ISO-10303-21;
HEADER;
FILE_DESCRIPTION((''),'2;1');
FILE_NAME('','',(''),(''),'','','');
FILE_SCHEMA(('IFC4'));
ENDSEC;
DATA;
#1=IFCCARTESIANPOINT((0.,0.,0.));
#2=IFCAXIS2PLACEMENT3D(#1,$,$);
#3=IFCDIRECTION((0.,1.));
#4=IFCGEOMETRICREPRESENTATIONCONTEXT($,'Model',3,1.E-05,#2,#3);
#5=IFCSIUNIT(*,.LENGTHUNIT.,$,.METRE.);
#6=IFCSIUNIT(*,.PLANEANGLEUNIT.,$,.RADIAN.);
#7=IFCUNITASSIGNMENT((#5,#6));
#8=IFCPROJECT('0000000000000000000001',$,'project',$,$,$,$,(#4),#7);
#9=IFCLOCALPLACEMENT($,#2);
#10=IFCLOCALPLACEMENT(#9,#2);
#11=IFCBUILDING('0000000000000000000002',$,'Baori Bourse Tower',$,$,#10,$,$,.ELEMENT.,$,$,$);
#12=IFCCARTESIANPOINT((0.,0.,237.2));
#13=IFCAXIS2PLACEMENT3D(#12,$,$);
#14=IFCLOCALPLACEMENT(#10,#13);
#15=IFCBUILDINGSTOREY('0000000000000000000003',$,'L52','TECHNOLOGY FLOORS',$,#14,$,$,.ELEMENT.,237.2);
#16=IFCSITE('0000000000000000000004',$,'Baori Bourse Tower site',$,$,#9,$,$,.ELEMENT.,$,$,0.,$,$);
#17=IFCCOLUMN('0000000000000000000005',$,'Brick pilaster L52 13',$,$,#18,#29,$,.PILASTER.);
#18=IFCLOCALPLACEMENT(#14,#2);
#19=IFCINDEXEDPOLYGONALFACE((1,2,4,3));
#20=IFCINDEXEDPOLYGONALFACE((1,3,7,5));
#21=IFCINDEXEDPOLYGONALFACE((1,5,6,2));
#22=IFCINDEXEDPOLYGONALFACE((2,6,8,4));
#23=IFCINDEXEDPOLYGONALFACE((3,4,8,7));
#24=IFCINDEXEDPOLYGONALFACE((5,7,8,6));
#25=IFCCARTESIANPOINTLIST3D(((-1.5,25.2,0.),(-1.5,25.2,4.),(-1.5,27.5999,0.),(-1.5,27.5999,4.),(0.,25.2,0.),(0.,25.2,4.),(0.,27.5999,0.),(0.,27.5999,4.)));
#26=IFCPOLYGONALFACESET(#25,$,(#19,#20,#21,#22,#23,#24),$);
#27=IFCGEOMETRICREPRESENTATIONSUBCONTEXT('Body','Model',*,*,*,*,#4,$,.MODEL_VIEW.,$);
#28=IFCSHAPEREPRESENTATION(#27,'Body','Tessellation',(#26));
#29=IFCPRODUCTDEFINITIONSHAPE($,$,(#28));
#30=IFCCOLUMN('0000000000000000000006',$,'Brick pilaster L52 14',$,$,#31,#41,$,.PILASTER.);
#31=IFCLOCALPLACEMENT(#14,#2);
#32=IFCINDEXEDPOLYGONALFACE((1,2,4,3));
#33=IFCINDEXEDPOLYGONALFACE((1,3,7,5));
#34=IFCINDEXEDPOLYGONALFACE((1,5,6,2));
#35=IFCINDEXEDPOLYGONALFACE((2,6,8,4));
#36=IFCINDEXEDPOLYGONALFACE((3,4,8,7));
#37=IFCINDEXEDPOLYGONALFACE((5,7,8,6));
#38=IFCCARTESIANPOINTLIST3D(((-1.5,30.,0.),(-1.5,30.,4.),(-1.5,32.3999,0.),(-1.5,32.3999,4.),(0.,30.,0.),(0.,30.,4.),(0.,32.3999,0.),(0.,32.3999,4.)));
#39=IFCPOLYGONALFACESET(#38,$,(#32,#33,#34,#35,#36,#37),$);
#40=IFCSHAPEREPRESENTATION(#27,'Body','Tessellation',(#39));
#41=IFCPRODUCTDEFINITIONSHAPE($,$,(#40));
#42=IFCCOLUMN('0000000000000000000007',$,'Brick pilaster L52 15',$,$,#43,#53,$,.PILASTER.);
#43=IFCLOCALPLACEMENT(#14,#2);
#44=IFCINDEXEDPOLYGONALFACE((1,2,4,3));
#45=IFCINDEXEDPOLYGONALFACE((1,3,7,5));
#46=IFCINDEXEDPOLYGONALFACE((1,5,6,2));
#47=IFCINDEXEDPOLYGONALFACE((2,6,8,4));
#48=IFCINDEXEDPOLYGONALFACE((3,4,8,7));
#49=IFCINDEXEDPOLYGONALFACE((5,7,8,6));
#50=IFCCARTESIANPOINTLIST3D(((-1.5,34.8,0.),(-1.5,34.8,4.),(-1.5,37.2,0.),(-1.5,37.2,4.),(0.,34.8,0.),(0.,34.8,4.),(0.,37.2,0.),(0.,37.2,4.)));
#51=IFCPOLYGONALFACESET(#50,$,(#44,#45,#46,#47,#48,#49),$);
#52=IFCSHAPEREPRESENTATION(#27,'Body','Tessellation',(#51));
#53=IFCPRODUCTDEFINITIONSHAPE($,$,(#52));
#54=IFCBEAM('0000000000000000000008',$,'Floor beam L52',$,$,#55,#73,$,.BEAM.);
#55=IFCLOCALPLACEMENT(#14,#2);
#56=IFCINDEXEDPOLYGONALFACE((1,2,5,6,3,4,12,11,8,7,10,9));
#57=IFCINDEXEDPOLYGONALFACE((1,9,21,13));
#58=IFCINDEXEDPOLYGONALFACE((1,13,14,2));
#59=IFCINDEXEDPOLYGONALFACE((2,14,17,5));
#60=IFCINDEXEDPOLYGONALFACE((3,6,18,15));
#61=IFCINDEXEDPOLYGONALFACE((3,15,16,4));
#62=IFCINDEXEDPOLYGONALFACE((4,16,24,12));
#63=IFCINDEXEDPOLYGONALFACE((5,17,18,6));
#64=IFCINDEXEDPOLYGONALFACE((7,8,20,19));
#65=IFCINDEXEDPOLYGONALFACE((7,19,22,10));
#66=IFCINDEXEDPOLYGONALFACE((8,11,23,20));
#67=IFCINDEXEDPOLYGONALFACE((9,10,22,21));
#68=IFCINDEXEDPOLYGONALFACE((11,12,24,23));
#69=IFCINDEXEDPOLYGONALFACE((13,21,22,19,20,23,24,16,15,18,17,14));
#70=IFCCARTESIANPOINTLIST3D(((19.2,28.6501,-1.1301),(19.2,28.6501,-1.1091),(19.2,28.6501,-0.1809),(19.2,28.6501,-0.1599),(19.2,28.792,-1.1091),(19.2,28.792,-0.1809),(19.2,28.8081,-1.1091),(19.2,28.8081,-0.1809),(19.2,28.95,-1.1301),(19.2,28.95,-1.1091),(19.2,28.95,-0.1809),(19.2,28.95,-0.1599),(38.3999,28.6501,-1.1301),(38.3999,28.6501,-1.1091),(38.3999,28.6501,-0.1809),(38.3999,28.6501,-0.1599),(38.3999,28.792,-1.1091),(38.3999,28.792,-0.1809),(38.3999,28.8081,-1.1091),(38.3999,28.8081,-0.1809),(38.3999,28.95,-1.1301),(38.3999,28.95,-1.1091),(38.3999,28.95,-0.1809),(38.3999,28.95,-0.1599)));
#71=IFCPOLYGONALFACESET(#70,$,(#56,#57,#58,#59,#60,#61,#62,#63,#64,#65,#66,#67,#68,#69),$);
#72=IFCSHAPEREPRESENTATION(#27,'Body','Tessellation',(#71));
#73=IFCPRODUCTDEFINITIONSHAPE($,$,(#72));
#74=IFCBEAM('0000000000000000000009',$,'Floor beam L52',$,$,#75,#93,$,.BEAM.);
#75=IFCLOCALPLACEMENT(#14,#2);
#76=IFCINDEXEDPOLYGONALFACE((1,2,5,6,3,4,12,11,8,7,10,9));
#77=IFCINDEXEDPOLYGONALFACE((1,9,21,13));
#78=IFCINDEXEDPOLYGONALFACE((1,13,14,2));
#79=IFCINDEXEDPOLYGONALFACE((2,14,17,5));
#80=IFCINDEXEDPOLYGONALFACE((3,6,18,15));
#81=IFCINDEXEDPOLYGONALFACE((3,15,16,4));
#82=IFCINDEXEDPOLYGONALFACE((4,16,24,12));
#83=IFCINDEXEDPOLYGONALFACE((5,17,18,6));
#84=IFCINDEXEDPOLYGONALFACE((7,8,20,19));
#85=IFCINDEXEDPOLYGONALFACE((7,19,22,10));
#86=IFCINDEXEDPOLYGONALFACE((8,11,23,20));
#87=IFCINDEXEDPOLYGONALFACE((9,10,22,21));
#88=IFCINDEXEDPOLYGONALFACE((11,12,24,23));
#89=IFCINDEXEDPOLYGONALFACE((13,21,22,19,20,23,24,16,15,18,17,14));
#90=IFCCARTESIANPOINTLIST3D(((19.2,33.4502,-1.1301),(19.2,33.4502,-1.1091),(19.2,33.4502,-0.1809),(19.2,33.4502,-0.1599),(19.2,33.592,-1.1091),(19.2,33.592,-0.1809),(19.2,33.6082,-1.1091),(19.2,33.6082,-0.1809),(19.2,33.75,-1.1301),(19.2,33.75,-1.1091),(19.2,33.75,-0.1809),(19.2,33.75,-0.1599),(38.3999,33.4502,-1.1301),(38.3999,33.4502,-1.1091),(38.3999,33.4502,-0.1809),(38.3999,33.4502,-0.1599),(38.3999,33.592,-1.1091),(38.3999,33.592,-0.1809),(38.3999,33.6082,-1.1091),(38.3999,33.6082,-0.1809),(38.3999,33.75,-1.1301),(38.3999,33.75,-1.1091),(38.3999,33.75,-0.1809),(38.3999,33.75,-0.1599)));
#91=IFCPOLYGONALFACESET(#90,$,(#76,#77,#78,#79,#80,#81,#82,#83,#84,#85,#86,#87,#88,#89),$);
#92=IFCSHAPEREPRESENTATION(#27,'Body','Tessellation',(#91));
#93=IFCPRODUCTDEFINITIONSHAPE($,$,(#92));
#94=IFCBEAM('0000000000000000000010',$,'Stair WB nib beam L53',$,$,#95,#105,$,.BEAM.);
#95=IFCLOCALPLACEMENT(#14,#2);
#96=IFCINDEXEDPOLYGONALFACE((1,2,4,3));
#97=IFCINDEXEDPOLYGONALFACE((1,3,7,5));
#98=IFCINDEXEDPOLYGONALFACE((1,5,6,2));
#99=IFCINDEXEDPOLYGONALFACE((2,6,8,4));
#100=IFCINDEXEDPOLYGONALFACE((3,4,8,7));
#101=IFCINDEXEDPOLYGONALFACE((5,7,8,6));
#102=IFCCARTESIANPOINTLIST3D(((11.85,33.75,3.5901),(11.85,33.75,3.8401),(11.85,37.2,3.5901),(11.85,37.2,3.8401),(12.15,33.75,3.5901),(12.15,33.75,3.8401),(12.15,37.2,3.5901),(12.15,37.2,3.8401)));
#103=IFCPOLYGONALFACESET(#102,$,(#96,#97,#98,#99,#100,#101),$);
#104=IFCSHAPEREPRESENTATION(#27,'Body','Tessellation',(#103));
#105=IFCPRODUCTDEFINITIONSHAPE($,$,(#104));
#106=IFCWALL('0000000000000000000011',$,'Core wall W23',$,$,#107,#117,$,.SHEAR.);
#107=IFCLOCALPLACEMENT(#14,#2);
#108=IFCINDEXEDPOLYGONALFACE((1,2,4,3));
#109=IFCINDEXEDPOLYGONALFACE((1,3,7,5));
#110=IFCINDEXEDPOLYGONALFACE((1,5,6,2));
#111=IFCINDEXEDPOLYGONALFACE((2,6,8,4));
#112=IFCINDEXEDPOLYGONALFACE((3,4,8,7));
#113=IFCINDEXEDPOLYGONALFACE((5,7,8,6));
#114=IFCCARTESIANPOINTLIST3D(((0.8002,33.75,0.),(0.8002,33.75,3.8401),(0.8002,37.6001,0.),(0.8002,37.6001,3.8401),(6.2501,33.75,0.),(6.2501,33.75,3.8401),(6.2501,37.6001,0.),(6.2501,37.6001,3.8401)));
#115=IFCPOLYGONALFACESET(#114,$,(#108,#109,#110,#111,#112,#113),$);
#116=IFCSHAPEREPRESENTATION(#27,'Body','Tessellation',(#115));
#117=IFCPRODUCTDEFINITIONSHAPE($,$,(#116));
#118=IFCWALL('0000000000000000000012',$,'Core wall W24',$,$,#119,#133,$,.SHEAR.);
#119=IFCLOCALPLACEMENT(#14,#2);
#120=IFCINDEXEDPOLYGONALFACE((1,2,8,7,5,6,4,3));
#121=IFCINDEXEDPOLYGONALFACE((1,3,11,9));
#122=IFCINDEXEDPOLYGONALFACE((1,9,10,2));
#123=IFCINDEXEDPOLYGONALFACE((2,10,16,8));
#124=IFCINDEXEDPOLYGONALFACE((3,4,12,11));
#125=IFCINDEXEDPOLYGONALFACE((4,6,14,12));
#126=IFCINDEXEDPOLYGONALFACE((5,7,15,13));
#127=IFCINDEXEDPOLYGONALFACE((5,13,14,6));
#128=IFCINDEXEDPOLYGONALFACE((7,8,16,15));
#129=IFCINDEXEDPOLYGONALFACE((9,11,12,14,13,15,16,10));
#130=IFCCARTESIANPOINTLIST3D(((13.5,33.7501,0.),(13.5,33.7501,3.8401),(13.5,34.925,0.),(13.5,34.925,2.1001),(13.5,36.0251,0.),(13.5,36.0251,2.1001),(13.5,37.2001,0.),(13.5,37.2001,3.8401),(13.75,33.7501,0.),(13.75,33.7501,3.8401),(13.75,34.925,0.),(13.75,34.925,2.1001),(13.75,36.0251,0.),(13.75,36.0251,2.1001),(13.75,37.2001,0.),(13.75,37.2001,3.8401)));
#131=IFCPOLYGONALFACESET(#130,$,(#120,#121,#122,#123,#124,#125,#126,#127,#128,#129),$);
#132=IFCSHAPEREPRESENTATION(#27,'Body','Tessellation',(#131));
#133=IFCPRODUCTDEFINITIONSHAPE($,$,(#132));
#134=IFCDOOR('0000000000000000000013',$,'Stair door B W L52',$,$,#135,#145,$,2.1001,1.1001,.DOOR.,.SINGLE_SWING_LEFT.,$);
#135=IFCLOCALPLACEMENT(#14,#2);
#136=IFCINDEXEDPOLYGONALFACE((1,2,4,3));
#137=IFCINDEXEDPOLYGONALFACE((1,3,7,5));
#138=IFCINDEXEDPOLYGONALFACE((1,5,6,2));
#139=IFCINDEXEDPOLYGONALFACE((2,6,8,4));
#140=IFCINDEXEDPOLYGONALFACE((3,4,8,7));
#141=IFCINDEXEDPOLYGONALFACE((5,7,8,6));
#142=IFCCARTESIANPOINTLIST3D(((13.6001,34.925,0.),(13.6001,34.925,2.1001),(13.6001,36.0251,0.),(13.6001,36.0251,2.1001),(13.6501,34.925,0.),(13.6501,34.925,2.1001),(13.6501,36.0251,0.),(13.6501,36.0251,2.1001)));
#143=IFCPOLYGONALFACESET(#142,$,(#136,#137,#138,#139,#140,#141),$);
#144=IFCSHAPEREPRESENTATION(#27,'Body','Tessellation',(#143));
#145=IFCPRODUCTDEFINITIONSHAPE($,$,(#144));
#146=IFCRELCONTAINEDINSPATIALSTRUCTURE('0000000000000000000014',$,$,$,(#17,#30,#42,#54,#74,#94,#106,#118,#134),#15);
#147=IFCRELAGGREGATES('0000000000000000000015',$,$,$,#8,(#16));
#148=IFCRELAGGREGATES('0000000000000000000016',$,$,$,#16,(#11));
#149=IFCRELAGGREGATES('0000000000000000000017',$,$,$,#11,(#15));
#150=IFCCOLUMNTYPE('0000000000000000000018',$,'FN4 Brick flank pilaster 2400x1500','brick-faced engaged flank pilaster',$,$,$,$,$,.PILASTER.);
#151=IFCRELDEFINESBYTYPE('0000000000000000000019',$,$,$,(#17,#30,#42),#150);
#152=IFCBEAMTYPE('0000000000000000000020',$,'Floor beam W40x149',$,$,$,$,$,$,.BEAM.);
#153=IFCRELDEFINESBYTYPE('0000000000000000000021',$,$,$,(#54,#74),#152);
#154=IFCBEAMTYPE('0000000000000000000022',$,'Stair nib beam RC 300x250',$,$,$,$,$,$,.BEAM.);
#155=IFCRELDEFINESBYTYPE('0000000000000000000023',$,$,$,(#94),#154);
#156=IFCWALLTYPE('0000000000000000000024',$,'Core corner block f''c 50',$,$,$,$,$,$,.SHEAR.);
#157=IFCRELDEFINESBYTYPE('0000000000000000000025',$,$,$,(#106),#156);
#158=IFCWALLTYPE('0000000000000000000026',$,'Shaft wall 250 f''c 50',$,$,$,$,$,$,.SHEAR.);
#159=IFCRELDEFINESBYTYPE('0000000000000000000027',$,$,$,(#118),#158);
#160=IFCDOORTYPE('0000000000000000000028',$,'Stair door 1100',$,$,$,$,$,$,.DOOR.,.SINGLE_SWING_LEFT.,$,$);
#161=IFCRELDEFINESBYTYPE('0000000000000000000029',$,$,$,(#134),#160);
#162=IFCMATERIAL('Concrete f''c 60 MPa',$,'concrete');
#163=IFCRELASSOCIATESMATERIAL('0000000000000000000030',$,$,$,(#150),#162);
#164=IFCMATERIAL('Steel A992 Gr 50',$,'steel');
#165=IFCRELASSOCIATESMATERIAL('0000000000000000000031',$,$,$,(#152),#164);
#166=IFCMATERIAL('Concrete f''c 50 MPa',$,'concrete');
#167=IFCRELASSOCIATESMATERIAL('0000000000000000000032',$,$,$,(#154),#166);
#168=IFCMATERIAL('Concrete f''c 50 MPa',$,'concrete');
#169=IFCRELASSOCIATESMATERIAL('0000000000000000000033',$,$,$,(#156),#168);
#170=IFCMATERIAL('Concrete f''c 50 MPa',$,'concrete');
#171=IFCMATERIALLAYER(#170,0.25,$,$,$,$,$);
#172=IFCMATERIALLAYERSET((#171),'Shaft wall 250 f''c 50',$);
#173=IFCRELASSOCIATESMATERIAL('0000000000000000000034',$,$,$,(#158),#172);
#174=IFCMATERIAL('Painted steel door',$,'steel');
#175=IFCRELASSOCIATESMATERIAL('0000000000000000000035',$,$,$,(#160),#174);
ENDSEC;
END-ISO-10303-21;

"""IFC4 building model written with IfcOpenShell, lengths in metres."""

from ifc_helpers import new_model, si_unit, direction, frame, frame_2d, origin, origin_2d, place, context, subcontext, project, spatial, rectangle, i_section, extrude, material, layer, layer_set, material_profile, profile_set, type_object, element, fill, save


model = new_model("IFC4")

# Units and contexts
model_context = context("Model", 3, precision=1e-05, world=origin(), true_north=direction((0.0, 1.0)))
body_context = subcontext(model_context, "Body", "Model", "MODEL_VIEW")
ifc_project = project(units=[si_unit("LENGTHUNIT", "METRE"), si_unit("PLANEANGLEUNIT", "RADIAN")], contexts=[model_context])

# Site, building, storey
site_placement = place(None, origin())
site = spatial("IfcSite", under=ifc_project, at=site_placement, Name="Baori Bourse Tower site", CompositionType="ELEMENT", RefElevation=0.0)
building_placement = place(site_placement, origin())
building = spatial("IfcBuilding", under=site, at=building_placement, Name="Baori Bourse Tower", CompositionType="ELEMENT")
storey_placement = place(building_placement, frame((0.0, 0.0, 237.2)))
storey = spatial("IfcBuildingStorey", under=building, at=storey_placement, Name="L52", Description="TECHNOLOGY FLOORS", CompositionType="ELEMENT", Elevation=237.2)

# Columns
ifc_material_1 = material(Name="Concrete f'c 60 MPa", Category="concrete")
ifc_material_profile_1 = material_profile(ifc_material_1, rectangle(XDim=2.3999, YDim=1.5, at=origin_2d()), Name="RC 2400x1500")
ifc_profile_set_1 = profile_set([ifc_material_profile_1], Name="Concrete f'c 60 MPa")
column_type = type_object("IfcColumnType", Name="FN4 Brick flank pilaster 2400x1500", Description="brick-faced engaged flank pilaster", PredefinedType="PILASTER", material=ifc_profile_set_1)
for number, where, z_axis, x_axis, name in (
    (1, (-0.75, 26.3999, 0.0), (0.0, 0.0, 1.0), (0.0, 1.0, 0.0), "Brick pilaster L52 13"),
    (2, (-0.75, 31.2, 0.0), (0.0, 0.0, 1.0), (0.0, 1.0, 0.0), "Brick pilaster L52 14"),
    (3, (-0.75, 36.0, 0.0), (0.0, 0.0, 1.0), (0.0, 1.0, 0.0), "Brick pilaster L52 15"),
):
    element("IfcColumn", number, at=place(storey_placement, frame(where, z_axis=z_axis, x_axis=x_axis)), inside=storey, type_object=column_type, Name=name, PredefinedType="PILASTER", context=body_context, shape_type="SweptSolid", body=[
        extrude(rectangle(XDim=2.3999, YDim=1.5, at=origin_2d()), origin(), (0.0, 0.0, 1.0), 4.0),
    ])

# Beams
ifc_material_2 = material(Name="Steel A992 Gr 50", Category="steel")
ifc_material_profile_2 = material_profile(ifc_material_2, i_section(OverallWidth=0.2998, OverallDepth=0.9702, WebThickness=0.0161, FlangeThickness=0.021, at=origin_2d()), Name="W40x149")
ifc_profile_set_2 = profile_set([ifc_material_profile_2], Name="Steel A992 Gr 50")
beam_type_1 = type_object("IfcBeamType", Name="Floor beam W40x149", PredefinedType="BEAM", material=ifc_profile_set_2)
for number, where, z_axis, x_axis, name in (
    (4, (19.2, 28.8, -0.645), (1.0, 0.0, 0.0), (0.0, 1.0, 0.0), "Floor beam L52"),
    (5, (19.2, 33.6001, -0.645), (1.0, 0.0, 0.0), (0.0, 1.0, 0.0), "Floor beam L52"),
):
    element("IfcBeam", number, at=place(storey_placement, frame(where, z_axis=z_axis, x_axis=x_axis)), inside=storey, type_object=beam_type_1, Name=name, PredefinedType="BEAM", context=body_context, shape_type="SweptSolid", body=[
        extrude(i_section(OverallWidth=0.2998, OverallDepth=0.9702, WebThickness=0.0161, FlangeThickness=0.021, at=origin_2d()), origin(), (0.0, 0.0, 1.0), 19.2),
    ])
ifc_material_3 = material(Name="Concrete f'c 50 MPa", Category="concrete")
ifc_material_profile_3 = material_profile(ifc_material_3, rectangle(XDim=0.3, YDim=0.25, at=origin_2d()), Name="RC 300x250")
ifc_profile_set_3 = profile_set([ifc_material_profile_3], Name="Concrete f'c 50 MPa")
beam_type_2 = type_object("IfcBeamType", Name="Stair nib beam RC 300x250", PredefinedType="BEAM", material=ifc_profile_set_3)
beam_placement = place(storey_placement, frame((12.0, 33.75, 3.7151), z_axis=(0.0, 1.0, 0.0), x_axis=(-1.0, 0.0, 0.0)))
element("IfcBeam", 6, at=beam_placement, inside=storey, type_object=beam_type_2, Name="Stair WB nib beam L53", PredefinedType="BEAM", context=body_context, shape_type="SweptSolid", body=[
    extrude(rectangle(XDim=0.3, YDim=0.25, at=origin_2d()), origin(), (0.0, 0.0, 1.0), 3.45),
])

# Wall
ifc_material_4 = material(Name="Concrete f'c 50 MPa", Category="concrete")
wall_type_1 = type_object("IfcWallType", Name="Core corner block f'c 50", PredefinedType="SHEAR", material=ifc_material_4)
wall_1_placement = place(storey_placement, frame((0.8, 35.675, 0.0), z_axis=(0.0, 0.0, 1.0), x_axis=(1.0, 0.0, 0.0)))
element("IfcWall", 7, at=wall_1_placement, inside=storey, type_object=wall_type_1, Name="Core wall W23", PredefinedType="SHEAR", context=body_context, shape_type="SweptSolid", body=[
    extrude(rectangle(XDim=5.45, YDim=3.8501, at=frame_2d((2.7251, 0.0))), origin(), (0.0, 0.0, 1.0), 3.8401),
])

# Wall, opening, door
ifc_material_5 = material(Name="Concrete f'c 50 MPa", Category="concrete")
ifc_layer_1 = layer(ifc_material_5, 0.25)
ifc_layer_set_1 = layer_set([ifc_layer_1], Name="Shaft wall 250 f'c 50")
wall_type_2 = type_object("IfcWallType", Name="Shaft wall 250 f'c 50", PredefinedType="SHEAR", material=ifc_layer_set_1)
wall_2_placement = place(storey_placement, frame((13.625, 33.75, 0.0), z_axis=(0.0, 0.0, 1.0), x_axis=(0.0, 1.0, 0.0)))
wall_2 = element("IfcWall", 8, at=wall_2_placement, inside=storey, type_object=wall_type_2, Name="Core wall W24", PredefinedType="SHEAR", context=body_context, shape_type="SweptSolid", body=[
    extrude(rectangle(XDim=3.45, YDim=0.25, at=frame_2d((1.7251, 0.0))), origin(), (0.0, 0.0, 1.0), 3.8401),
])
opening_1_placement = place(wall_2_placement, frame((1.175, 0.0, 0.0)))
opening_1 = element("IfcOpeningElement", 9, at=opening_1_placement, cuts=wall_2, PredefinedType="OPENING", context=body_context, shape_type="SweptSolid", body=[
    extrude(rectangle(XDim=1.1001, YDim=2.1001, at=frame_2d((0.55, 1.05))), frame((0.0, 0.135, 0.0), z_axis=(0.0, -1.0, 0.0), x_axis=(1.0, 0.0, 0.0)), (0.0, 0.0, 1.0), 0.27),
])
ifc_material_6 = material(Name="Painted steel door", Category="steel")
door_type_1 = type_object("IfcDoorType", Name="Stair door 1100", OperationType="SINGLE_SWING_LEFT", PredefinedType="DOOR", material=ifc_material_6)
door_1_placement = place(opening_1_placement, origin())
door_1 = element("IfcDoor", 10, at=door_1_placement, inside=storey, type_object=door_type_1, Name="Stair door B W L52", OperationType="SINGLE_SWING_LEFT", OverallHeight=2.1001, OverallWidth=1.1001, PredefinedType="DOOR", context=body_context, shape_type="SweptSolid", body=[
    extrude(rectangle(XDim=1.1001, YDim=2.1001, at=frame_2d((0.55, 1.05))), frame((0.0, 0.0249, 0.0), z_axis=(0.0, -1.0, 0.0), x_axis=(1.0, 0.0, 0.0)), (0.0, 0.0, 1.0), 0.05),
])
fill(opening_1, door_1)

save(model, "model.ifc")
